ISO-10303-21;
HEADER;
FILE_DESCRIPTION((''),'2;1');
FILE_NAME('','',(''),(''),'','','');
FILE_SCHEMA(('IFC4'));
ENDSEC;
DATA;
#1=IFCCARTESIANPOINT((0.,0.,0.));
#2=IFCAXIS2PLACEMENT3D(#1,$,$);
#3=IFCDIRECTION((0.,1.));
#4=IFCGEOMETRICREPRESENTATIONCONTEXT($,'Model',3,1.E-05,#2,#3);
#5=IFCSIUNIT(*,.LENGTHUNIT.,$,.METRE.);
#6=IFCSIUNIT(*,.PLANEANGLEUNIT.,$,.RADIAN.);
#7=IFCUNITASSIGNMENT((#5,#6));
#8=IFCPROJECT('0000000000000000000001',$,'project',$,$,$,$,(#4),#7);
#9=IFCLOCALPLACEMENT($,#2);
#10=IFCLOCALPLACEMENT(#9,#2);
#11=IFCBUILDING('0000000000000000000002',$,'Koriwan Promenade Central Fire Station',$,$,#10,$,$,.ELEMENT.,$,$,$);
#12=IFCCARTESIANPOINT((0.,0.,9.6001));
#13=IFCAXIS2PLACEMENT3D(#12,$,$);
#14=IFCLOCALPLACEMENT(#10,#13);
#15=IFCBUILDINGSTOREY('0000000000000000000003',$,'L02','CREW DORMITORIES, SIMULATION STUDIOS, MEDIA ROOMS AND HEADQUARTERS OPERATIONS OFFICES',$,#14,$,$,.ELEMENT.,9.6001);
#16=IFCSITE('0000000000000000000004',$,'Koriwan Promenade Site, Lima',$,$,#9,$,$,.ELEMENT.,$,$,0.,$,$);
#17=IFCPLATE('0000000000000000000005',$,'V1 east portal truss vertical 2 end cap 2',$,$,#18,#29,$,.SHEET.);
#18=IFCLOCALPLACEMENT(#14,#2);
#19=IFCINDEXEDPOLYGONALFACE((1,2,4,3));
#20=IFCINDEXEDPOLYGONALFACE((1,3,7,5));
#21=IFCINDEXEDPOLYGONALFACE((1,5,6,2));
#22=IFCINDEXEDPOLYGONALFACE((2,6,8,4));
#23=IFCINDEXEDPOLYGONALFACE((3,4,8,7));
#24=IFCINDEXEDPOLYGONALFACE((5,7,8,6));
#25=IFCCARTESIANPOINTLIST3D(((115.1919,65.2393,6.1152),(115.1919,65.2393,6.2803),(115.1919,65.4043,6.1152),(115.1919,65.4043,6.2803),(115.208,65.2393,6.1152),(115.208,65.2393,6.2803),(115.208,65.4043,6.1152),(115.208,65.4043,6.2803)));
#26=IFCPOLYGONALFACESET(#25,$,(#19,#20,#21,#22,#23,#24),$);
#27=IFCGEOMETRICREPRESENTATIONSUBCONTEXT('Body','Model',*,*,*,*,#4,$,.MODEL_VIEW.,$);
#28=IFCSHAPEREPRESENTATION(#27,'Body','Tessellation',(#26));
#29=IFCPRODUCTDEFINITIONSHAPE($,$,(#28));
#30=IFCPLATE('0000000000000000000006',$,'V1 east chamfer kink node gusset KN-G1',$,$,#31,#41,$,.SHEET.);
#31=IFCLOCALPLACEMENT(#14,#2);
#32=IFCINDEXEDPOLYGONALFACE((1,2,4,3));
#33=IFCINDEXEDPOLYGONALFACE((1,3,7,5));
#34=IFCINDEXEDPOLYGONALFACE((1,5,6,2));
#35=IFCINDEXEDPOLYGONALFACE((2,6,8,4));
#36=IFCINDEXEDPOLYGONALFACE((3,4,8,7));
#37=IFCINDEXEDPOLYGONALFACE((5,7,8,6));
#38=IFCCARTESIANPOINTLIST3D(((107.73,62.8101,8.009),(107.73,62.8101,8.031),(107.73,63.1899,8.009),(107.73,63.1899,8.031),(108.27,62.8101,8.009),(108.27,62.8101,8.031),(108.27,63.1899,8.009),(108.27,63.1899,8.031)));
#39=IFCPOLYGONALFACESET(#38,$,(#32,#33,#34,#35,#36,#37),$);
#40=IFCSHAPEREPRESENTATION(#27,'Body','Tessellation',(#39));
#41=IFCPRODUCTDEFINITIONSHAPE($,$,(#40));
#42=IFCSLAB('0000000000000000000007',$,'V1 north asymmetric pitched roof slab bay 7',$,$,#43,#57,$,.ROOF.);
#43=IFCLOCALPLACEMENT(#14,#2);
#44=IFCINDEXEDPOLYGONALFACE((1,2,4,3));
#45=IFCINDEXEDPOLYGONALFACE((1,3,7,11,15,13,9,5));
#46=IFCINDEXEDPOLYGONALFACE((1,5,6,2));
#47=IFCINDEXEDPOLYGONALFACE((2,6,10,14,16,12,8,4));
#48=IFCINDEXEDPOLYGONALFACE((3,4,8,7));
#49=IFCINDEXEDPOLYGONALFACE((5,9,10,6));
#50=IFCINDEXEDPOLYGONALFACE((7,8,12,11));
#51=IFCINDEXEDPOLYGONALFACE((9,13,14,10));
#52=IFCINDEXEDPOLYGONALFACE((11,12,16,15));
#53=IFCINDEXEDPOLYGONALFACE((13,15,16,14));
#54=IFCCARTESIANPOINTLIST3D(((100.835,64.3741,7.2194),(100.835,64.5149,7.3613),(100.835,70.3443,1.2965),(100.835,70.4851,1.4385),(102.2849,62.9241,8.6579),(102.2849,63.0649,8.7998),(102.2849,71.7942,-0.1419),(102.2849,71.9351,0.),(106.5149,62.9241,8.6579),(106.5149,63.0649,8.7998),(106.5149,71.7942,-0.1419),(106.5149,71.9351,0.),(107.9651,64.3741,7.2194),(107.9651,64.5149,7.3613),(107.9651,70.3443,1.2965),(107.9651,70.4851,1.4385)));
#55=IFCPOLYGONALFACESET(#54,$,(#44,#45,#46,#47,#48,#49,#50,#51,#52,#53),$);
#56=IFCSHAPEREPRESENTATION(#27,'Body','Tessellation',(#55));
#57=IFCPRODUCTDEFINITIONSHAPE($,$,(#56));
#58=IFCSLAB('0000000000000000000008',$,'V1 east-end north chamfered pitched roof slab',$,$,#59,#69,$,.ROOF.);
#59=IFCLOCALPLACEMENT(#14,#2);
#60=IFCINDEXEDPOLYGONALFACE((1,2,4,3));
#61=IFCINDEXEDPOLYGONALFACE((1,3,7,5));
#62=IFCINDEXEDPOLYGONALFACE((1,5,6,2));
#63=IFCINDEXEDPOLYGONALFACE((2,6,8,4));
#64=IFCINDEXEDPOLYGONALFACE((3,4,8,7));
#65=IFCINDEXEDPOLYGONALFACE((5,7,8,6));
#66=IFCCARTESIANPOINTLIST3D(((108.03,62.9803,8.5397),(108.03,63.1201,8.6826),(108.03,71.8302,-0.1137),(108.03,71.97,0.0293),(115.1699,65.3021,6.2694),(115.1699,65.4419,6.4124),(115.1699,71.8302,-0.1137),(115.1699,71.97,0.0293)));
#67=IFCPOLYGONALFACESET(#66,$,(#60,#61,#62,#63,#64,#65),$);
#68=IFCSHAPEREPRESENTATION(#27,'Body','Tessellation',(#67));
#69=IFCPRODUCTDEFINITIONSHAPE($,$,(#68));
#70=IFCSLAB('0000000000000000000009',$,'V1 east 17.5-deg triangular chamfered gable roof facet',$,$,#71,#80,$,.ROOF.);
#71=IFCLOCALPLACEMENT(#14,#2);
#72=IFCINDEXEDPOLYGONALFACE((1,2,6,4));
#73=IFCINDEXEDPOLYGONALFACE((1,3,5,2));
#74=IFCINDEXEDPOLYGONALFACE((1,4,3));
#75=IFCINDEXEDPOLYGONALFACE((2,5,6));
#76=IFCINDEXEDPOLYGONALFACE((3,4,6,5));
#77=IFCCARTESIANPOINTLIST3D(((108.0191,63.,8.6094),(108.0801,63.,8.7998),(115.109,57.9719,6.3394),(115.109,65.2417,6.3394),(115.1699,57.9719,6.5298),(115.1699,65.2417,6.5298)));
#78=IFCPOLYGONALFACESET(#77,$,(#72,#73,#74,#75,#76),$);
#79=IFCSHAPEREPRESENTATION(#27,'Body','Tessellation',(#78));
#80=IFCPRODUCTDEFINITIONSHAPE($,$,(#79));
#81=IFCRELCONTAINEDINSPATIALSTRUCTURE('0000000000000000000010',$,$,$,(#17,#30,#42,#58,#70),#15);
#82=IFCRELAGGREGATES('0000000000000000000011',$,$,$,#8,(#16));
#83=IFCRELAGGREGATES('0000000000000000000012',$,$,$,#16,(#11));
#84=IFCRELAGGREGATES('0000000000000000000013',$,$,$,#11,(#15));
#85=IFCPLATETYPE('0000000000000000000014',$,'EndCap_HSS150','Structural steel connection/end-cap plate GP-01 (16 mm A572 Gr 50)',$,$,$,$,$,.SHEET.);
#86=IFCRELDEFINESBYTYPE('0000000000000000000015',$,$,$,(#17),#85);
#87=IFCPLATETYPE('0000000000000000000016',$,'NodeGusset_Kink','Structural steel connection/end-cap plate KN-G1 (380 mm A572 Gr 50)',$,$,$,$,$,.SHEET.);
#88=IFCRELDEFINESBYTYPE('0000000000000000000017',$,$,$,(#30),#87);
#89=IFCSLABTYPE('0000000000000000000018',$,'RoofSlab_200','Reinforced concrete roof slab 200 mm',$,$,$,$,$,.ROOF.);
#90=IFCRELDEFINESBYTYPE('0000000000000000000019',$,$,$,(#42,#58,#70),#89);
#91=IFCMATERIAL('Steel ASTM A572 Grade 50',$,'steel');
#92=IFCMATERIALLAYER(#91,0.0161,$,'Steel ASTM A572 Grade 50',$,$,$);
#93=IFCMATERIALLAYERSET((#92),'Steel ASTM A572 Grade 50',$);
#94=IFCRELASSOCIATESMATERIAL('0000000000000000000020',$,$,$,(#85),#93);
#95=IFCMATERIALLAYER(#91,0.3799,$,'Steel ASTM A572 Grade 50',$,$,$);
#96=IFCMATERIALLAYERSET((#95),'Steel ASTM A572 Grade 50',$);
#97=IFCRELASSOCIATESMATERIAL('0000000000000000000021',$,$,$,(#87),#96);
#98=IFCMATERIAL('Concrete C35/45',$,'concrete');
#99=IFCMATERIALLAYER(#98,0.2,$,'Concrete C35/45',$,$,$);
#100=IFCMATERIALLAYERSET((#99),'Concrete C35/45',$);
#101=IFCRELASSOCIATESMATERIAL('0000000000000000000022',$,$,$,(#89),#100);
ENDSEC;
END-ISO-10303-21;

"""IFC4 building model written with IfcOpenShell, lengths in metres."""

from ifc_helpers import new_model, si_unit, direction, frame, origin, origin_2d, place, context, subcontext, project, spatial, polyline, rectangle, outline, extrude, material, layer, layer_set, type_object, element, save


model = new_model("IFC4")

# Units and contexts
model_context = context("Model", 3, precision=1e-05, world=origin(), true_north=direction((0.0, 1.0)))
body_context = subcontext(model_context, "Body", "Model", "MODEL_VIEW")
ifc_project = project(units=[si_unit("LENGTHUNIT", "METRE"), si_unit("PLANEANGLEUNIT", "RADIAN")], contexts=[model_context])

# Site, building, storey
site_placement = place(None, origin())
site = spatial("IfcSite", under=ifc_project, at=site_placement, Name="Koriwan Promenade Site, Lima", CompositionType="ELEMENT", RefElevation=0.0)
building_placement = place(site_placement, origin())
building = spatial("IfcBuilding", under=site, at=building_placement, Name="Koriwan Promenade Central Fire Station", CompositionType="ELEMENT")
storey_placement = place(building_placement, frame((0.0, 0.0, 9.6001)))
storey = spatial("IfcBuildingStorey", under=building, at=storey_placement, Name="L02", Description="CREW DORMITORIES, SIMULATION STUDIOS, MEDIA ROOMS AND HEADQUARTERS OPERATIONS OFFICES", CompositionType="ELEMENT", Elevation=9.6001)

# Shared definitions
ifc_material_1 = material(Name="Concrete C35/45", Category="concrete")

# Plates
ifc_material_2 = material(Name="Steel ASTM A572 Grade 50", Category="steel")
ifc_layer_1 = layer(ifc_material_2, 0.0161, Name="Steel ASTM A572 Grade 50")
ifc_layer_set_1 = layer_set([ifc_layer_1], Name="Steel ASTM A572 Grade 50")
plate_type_1 = type_object("IfcPlateType", Name="EndCap_HSS150", Description="Structural steel connection/end-cap plate GP-01 (16 mm A572 Gr 50)", PredefinedType="SHEET", material=ifc_layer_set_1)
for number, where, z_axis, x_axis, name in (
    (1, (115.2, 65.3218, 6.1152), (0.0, 0.0, 1.0), (1.0, 0.0, 0.0), "V1 east portal truss vertical 2 end cap 2"),
):
    element("IfcPlate", number, at=place(storey_placement, frame(where, z_axis=z_axis, x_axis=x_axis)), inside=storey, type_object=plate_type_1, Name=name, PredefinedType="SHEET", context=body_context, shape_type="SweptSolid", body=[
        extrude(rectangle(XDim=0.0161, YDim=0.165, at=origin_2d()), origin(), (0.0, 0.0, 1.0), 0.165),
    ])
ifc_layer_2 = layer(ifc_material_2, 0.3799, Name="Steel ASTM A572 Grade 50")
ifc_layer_set_2 = layer_set([ifc_layer_2], Name="Steel ASTM A572 Grade 50")
plate_type_2 = type_object("IfcPlateType", Name="NodeGusset_Kink", Description="Structural steel connection/end-cap plate KN-G1 (380 mm A572 Gr 50)", PredefinedType="SHEET", material=ifc_layer_set_2)
plate_1_placement = place(storey_placement, frame((108.0, 63.0, 8.009), z_axis=(0.0, 0.0, 1.0), x_axis=(1.0, 0.0, 0.0)))
element("IfcPlate", 2, at=plate_1_placement, inside=storey, type_object=plate_type_2, Name="V1 east chamfer kink node gusset KN-G1", PredefinedType="SHEET", context=body_context, shape_type="SweptSolid", body=[
    extrude(rectangle(XDim=0.54, YDim=0.3799, at=origin_2d()), origin(), (0.0, 0.0, 1.0), 0.022),
])

# Slabs
ifc_layer_3 = layer(ifc_material_1, 0.2, Name="Concrete C35/45")
ifc_layer_set_3 = layer_set([ifc_layer_3], Name="Concrete C35/45")
slab_type = type_object("IfcSlabType", Name="RoofSlab_200", Description="Reinforced concrete roof slab 200 mm", PredefinedType="ROOF", material=ifc_layer_set_3)
slab_1_placement = place(storey_placement, frame((102.2849, 63.0649, 8.7998), z_axis=(0.0, 0.704287, 0.709915), x_axis=(1.0, 0.0, 0.0)))
element("IfcSlab", 3, at=slab_1_placement, inside=storey, type_object=slab_type, Name="V1 north asymmetric pitched roof slab bay 7", PredefinedType="ROOF", context=body_context, shape_type="SweptSolid", body=[
    extrude(outline(polyline([(0.0, 0.0), (4.23, 0.0), (5.6802, 2.0424), (5.6802, 10.4522), (4.23, 12.4946), (0.0, 12.4946), (-1.45, 10.4522), (-1.45, 2.0424), (0.0, 0.0)])), origin(), (0.0, 0.0, -1.0), 0.2),
])
slab_2_placement = place(storey_placement, frame((108.03, 63.1201, 8.6826), z_axis=(0.000003, 0.699122, 0.715003), x_axis=(0.910277, 0.296009, -0.289438)))
element("IfcSlab", 4, at=slab_2_placement, inside=storey, type_object=slab_type, Name="V1 east-end north chamfered pitched roof slab", PredefinedType="ROOF", context=body_context, shape_type="SweptSolid", body=[
    extrude(outline(polyline([(0.0, 0.0), (7.8436, 0.0), (11.6235, 8.3109), (5.1242, 11.2669), (0.0, 0.0)])), origin(), (0.0, 0.0, -1.0), 0.2),
])
slab_3_placement = place(storey_placement, frame((108.0801, 63.0, 8.7998), z_axis=(0.30493, 0.0, 0.952375), x_axis=(0.789221, -0.559711, -0.252692)))
element("IfcSlab", 5, at=slab_3_placement, inside=storey, type_object=slab_type, Name="V1 east 17.5-deg triangular chamfered gable roof facet", PredefinedType="ROOF", context=body_context, shape_type="SweptSolid", body=[
    extrude(outline(polyline([(0.0, 0.0), (8.9833, 0.0), (4.9144, 6.0244), (0.0, 0.0)])), origin(), (0.0, 0.0, -1.0), 0.2),
])

save(model, "model.ifc")
